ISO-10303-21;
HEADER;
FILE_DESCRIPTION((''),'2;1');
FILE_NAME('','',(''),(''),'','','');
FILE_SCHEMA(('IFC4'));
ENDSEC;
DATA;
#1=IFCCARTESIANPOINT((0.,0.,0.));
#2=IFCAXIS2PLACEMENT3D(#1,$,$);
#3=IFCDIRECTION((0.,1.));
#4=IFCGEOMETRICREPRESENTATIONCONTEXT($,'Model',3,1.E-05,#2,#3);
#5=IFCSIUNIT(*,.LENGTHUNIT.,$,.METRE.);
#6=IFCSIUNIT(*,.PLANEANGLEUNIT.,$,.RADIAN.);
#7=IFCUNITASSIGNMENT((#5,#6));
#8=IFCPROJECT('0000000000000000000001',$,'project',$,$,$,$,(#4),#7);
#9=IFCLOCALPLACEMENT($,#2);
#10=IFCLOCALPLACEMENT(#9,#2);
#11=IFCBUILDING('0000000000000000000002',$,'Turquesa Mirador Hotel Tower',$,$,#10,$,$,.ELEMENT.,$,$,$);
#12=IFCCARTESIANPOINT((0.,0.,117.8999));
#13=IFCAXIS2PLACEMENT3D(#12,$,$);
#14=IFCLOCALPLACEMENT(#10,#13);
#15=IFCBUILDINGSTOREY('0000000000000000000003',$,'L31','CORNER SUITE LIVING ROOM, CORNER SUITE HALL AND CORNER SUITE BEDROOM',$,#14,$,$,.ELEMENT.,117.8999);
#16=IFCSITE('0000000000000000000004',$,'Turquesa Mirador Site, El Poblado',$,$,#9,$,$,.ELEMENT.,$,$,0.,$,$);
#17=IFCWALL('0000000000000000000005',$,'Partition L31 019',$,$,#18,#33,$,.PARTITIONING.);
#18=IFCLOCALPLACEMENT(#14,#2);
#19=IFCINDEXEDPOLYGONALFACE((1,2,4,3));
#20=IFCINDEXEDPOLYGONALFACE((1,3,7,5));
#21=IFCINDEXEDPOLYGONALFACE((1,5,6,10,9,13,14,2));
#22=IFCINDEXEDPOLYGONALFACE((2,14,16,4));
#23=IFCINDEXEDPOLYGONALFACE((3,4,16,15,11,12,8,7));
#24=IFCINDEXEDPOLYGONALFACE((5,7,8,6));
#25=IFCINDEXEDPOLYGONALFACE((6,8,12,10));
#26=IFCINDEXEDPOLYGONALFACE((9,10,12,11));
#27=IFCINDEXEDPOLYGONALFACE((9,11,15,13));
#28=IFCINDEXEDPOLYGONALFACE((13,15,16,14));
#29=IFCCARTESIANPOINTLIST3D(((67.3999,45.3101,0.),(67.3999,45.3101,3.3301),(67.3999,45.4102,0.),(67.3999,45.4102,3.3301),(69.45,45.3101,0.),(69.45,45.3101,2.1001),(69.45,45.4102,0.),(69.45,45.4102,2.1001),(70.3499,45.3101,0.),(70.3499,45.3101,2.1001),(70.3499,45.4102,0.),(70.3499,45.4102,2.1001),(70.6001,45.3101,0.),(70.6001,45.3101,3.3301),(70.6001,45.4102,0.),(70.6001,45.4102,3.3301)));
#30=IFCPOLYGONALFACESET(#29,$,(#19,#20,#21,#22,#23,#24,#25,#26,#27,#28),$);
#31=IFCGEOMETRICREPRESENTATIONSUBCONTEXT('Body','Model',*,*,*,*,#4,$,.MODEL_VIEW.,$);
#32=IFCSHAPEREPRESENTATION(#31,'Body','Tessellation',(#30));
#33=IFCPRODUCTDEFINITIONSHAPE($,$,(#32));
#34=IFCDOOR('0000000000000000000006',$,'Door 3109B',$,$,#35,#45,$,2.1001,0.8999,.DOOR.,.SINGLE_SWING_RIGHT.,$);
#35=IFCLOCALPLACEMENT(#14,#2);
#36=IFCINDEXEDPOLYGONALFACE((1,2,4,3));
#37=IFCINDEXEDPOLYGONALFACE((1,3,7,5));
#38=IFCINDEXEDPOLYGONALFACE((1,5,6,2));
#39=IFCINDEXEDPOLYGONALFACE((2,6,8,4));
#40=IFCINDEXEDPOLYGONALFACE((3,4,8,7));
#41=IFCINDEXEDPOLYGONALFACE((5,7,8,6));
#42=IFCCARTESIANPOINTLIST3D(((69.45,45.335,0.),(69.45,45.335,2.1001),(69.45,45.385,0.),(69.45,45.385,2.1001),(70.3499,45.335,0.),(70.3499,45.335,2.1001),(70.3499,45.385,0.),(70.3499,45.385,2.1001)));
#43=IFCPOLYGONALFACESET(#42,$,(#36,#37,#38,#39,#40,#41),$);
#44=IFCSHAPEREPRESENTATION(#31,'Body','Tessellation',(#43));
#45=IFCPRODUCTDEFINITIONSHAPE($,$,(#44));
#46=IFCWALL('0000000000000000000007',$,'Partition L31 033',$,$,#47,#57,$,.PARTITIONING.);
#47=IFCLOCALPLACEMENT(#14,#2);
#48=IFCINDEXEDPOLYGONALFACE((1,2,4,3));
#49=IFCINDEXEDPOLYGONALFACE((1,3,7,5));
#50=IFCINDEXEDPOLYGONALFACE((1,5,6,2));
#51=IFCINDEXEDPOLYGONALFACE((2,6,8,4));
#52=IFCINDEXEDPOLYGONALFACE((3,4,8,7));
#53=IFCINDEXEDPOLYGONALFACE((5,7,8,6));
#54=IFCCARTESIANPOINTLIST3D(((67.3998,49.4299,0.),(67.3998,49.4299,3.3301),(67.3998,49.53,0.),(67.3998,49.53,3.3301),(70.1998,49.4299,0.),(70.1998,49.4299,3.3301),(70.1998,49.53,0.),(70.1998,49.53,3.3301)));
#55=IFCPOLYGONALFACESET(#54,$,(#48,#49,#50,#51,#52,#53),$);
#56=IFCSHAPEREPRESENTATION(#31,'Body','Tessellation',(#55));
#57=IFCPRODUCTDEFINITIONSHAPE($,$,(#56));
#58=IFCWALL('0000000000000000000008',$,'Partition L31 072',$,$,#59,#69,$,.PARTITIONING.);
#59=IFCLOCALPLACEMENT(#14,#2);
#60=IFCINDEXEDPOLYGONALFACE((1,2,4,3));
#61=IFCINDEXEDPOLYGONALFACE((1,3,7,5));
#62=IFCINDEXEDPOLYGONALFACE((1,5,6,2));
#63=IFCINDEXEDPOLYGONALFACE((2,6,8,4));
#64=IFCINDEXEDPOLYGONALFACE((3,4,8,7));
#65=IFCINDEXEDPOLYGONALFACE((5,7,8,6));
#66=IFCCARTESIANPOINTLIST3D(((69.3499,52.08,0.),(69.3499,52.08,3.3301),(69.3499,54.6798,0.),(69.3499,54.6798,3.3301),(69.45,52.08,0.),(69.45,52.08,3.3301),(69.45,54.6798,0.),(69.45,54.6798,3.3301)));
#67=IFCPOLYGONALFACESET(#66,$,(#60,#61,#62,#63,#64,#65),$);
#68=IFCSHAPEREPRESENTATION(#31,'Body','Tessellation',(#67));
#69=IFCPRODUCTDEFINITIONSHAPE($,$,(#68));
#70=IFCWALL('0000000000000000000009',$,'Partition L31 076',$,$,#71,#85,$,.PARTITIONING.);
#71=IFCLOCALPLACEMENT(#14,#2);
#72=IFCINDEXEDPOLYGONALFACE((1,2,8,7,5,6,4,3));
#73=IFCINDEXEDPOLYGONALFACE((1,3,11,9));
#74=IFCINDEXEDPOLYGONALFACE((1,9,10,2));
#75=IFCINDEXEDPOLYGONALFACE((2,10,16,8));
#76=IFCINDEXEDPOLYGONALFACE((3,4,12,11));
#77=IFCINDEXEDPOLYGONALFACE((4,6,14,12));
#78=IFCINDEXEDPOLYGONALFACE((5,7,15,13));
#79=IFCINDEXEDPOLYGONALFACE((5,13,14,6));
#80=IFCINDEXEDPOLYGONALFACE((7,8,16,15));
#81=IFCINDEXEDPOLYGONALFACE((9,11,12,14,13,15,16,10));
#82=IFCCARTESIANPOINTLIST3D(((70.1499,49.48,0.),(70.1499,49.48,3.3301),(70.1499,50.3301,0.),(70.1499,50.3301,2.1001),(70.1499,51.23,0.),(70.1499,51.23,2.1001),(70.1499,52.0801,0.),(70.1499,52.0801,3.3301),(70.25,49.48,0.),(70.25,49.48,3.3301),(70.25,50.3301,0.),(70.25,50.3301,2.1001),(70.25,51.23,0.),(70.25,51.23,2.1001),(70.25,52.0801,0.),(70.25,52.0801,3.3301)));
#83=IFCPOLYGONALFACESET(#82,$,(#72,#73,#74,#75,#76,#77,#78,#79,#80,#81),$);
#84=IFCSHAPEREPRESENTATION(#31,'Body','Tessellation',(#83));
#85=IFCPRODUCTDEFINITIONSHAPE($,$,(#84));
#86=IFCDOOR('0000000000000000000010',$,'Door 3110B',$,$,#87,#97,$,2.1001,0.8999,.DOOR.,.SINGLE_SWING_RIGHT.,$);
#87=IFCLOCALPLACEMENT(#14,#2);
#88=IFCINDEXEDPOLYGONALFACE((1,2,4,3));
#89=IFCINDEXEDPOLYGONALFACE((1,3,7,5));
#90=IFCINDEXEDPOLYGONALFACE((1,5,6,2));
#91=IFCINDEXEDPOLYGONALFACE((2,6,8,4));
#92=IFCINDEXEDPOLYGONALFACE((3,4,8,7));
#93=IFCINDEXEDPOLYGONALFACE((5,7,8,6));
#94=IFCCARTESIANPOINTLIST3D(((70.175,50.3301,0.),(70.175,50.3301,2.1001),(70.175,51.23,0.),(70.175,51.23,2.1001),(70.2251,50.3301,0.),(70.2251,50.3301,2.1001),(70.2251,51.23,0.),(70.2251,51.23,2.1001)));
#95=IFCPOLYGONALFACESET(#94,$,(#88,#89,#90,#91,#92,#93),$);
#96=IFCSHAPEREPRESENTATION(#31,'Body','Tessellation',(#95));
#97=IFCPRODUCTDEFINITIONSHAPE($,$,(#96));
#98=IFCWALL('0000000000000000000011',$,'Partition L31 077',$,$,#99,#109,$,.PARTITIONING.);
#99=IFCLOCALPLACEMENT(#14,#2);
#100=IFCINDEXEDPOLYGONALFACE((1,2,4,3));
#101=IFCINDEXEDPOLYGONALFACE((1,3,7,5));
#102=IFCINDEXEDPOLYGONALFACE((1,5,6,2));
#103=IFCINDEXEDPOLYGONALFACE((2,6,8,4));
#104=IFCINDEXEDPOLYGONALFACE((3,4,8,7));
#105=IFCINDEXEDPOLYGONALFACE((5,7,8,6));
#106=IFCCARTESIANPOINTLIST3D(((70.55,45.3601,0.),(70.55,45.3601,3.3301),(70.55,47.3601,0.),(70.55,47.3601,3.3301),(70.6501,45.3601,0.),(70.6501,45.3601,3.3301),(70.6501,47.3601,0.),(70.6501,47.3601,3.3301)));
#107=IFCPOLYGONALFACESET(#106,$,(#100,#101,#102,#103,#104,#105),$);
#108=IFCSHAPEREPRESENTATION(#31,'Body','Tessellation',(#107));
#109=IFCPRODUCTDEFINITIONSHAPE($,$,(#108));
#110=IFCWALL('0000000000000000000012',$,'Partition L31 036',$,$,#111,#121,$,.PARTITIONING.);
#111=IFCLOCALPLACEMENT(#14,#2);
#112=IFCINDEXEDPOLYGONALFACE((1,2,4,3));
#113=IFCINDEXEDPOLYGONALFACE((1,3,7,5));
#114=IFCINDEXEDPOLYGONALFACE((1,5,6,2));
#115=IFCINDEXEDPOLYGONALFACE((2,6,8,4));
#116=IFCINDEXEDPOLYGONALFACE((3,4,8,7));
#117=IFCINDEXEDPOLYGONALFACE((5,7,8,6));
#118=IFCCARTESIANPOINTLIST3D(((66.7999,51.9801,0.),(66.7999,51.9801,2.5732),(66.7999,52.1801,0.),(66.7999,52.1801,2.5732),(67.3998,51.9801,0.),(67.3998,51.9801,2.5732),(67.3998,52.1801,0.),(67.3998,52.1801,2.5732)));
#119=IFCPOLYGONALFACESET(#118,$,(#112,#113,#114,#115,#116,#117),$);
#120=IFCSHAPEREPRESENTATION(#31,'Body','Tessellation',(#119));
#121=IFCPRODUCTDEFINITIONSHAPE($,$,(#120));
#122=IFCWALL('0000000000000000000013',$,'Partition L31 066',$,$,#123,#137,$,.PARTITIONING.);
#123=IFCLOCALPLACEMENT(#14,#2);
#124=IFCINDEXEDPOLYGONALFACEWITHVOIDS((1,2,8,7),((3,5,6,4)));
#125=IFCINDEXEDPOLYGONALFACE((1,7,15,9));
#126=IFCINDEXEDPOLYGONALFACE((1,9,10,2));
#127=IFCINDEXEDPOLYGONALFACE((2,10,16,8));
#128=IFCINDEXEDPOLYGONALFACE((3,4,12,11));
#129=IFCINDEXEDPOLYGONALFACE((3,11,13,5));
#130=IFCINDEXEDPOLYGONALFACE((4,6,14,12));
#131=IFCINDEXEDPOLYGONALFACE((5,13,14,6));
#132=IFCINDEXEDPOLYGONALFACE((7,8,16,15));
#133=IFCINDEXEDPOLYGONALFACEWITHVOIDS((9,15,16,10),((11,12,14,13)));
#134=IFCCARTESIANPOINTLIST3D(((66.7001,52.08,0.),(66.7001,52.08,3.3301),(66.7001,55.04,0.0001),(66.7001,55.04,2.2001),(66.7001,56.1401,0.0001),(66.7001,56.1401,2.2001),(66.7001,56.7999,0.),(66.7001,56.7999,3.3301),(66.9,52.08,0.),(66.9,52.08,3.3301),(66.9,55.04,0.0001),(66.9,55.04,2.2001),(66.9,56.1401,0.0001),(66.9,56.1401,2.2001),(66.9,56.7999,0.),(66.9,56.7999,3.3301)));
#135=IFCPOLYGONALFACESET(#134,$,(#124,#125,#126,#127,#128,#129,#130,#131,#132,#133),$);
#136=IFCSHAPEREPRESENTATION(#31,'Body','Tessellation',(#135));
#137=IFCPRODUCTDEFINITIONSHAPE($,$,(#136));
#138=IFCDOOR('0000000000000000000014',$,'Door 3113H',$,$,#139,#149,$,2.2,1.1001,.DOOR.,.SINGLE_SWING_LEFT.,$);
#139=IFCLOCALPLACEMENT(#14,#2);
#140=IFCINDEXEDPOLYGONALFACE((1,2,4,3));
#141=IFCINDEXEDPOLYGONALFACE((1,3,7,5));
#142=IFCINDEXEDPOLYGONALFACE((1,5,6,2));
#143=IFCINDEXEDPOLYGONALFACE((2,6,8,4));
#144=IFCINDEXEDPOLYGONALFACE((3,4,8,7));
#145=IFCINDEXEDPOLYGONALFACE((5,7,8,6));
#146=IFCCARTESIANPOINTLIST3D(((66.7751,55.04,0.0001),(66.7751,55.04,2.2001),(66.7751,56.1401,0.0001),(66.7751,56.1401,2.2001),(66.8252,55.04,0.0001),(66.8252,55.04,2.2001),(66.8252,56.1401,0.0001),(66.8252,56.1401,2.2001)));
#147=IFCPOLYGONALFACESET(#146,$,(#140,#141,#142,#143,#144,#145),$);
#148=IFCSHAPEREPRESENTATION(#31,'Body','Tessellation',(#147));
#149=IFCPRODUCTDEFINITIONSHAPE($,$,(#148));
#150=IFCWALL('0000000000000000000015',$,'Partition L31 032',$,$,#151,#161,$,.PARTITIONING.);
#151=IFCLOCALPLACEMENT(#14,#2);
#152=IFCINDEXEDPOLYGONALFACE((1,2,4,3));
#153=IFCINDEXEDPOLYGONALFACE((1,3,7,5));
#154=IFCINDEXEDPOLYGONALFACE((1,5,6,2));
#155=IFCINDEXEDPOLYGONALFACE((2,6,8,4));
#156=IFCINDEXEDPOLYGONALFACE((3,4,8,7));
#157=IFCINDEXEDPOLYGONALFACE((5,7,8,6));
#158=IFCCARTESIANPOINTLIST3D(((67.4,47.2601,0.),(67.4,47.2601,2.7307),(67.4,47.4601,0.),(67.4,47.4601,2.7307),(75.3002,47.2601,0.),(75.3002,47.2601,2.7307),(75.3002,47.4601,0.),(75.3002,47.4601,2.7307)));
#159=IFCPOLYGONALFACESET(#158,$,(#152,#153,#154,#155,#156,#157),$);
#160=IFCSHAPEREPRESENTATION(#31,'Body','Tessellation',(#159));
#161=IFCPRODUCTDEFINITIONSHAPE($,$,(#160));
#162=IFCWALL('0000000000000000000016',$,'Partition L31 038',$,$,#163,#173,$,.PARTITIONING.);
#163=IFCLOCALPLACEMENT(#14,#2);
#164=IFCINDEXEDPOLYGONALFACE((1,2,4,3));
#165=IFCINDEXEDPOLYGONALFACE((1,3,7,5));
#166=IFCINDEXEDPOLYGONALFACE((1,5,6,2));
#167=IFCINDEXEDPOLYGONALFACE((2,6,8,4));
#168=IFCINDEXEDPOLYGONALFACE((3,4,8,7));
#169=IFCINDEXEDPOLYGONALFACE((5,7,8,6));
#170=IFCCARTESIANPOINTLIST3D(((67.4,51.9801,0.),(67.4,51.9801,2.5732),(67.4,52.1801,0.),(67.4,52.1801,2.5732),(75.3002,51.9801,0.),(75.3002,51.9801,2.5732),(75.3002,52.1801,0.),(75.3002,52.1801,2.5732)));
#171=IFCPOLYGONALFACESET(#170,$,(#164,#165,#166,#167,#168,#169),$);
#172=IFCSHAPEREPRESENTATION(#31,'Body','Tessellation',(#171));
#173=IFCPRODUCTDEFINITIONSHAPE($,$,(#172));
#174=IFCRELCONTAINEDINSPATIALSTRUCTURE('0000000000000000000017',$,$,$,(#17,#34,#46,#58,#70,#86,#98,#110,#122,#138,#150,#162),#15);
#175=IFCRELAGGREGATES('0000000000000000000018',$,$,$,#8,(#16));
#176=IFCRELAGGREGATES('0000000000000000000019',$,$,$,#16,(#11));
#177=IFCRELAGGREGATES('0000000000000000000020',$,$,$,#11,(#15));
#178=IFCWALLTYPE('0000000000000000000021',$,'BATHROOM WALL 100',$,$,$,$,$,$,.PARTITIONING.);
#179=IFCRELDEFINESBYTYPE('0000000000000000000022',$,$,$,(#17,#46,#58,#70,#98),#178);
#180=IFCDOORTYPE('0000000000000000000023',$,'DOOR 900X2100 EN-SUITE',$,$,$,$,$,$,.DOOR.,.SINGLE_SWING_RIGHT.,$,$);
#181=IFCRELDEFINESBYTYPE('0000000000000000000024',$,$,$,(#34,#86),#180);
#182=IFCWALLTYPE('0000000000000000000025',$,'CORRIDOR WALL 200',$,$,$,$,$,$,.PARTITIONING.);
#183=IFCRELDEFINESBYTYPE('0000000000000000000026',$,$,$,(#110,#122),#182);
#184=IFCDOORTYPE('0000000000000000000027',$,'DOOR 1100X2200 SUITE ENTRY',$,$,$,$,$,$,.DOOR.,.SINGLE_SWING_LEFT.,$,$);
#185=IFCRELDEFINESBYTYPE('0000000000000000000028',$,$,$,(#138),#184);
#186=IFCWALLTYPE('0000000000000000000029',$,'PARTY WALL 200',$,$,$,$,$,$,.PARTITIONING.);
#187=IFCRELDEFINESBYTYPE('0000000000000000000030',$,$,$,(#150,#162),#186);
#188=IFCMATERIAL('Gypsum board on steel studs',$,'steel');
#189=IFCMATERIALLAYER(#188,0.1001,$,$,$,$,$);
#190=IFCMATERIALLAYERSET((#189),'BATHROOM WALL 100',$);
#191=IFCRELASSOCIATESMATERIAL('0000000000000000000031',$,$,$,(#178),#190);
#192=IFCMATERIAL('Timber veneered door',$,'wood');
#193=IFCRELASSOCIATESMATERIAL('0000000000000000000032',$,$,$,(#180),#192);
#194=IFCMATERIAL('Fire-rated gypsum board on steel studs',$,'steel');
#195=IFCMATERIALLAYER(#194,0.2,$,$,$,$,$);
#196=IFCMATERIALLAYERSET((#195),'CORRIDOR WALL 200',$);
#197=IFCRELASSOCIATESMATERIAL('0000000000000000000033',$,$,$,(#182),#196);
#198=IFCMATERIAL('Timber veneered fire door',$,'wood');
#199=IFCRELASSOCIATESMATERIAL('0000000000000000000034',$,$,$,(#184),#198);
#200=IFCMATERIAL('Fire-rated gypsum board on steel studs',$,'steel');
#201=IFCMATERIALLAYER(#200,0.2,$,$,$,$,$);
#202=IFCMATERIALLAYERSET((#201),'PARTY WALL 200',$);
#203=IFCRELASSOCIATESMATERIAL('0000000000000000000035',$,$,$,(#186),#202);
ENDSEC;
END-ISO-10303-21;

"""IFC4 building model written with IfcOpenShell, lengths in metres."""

from ifc_helpers import new_model, si_unit, direction, frame, frame_2d, origin, place, context, subcontext, project, spatial, rectangle, extrude, material, layer, layer_set, type_object, element, fill, save


model = new_model("IFC4")

# Units and contexts
model_context = context("Model", 3, precision=1e-05, world=origin(), true_north=direction((0.0, 1.0)))
body_context = subcontext(model_context, "Body", "Model", "MODEL_VIEW")
ifc_project = project(units=[si_unit("LENGTHUNIT", "METRE"), si_unit("PLANEANGLEUNIT", "RADIAN")], contexts=[model_context])

# Site, building, storey
site_placement = place(None, origin())
site = spatial("IfcSite", under=ifc_project, at=site_placement, Name="Turquesa Mirador Site, El Poblado", CompositionType="ELEMENT", RefElevation=0.0)
building_placement = place(site_placement, origin())
building = spatial("IfcBuilding", under=site, at=building_placement, Name="Turquesa Mirador Hotel Tower", CompositionType="ELEMENT")
storey_placement = place(building_placement, frame((0.0, 0.0, 117.8999)))
storey = spatial("IfcBuildingStorey", under=building, at=storey_placement, Name="L31", Description="CORNER SUITE LIVING ROOM, CORNER SUITE HALL AND CORNER SUITE BEDROOM", CompositionType="ELEMENT", Elevation=117.8999)

# Wall, opening, door
ifc_material_1 = material(Name="Gypsum board on steel studs", Category="steel")
ifc_layer_1 = layer(ifc_material_1, 0.1001)
ifc_layer_set_1 = layer_set([ifc_layer_1], Name="BATHROOM WALL 100")
wall_type_1 = type_object("IfcWallType", Name="BATHROOM WALL 100", PredefinedType="PARTITIONING", material=ifc_layer_set_1)
wall_1_placement = place(storey_placement, frame((67.3999, 45.3601, 0.0), z_axis=(0.0, 0.0, 1.0), x_axis=(1.0, 0.0, 0.0)))
wall_1 = element("IfcWall", 1, at=wall_1_placement, inside=storey, type_object=wall_type_1, Name="Partition L31 019", PredefinedType="PARTITIONING", context=body_context, shape_type="SweptSolid", body=[
    extrude(rectangle(XDim=3.2002, YDim=0.1001, at=frame_2d((1.6001, 0.0))), origin(), (0.0, 0.0, 1.0), 3.3301),
])
opening_1_placement = place(wall_1_placement, frame((2.05, 0.0, 0.0)))
opening_1 = element("IfcOpeningElement", 2, at=opening_1_placement, cuts=wall_1, PredefinedType="OPENING", context=body_context, shape_type="SweptSolid", body=[
    extrude(rectangle(XDim=0.8999, YDim=2.1001, at=frame_2d((0.45, 1.05))), frame((0.0, 0.0601, 0.0), z_axis=(0.0, -1.0, 0.0), x_axis=(1.0, 0.0, 0.0)), (0.0, 0.0, 1.0), 0.1201),
])
ifc_material_2 = material(Name="Timber veneered door", Category="wood")
door_type_1 = type_object("IfcDoorType", Name="DOOR 900X2100 EN-SUITE", OperationType="SINGLE_SWING_RIGHT", PredefinedType="DOOR", material=ifc_material_2)
door_1_placement = place(opening_1_placement, origin())
door_1 = element("IfcDoor", 3, at=door_1_placement, inside=storey, type_object=door_type_1, Name="Door 3109B", OperationType="SINGLE_SWING_RIGHT", OverallHeight=2.1001, OverallWidth=0.8999, PredefinedType="DOOR", context=body_context, shape_type="SweptSolid", body=[
    extrude(rectangle(XDim=0.8999, YDim=2.1001, at=frame_2d((0.45, 1.05))), frame((0.0, 0.0249, 0.0), z_axis=(0.0, -1.0, 0.0), x_axis=(1.0, 0.0, 0.0)), (0.0, 0.0, 1.0), 0.05),
])
fill(opening_1, door_1)

# Walls
wall_2_placement = place(storey_placement, frame((67.3999, 49.48, 0.0), z_axis=(0.0, 0.0, 1.0), x_axis=(1.0, 0.0, 0.0)))
element("IfcWall", 4, at=wall_2_placement, inside=storey, type_object=wall_type_1, Name="Partition L31 033", PredefinedType="PARTITIONING", context=body_context, shape_type="SweptSolid", body=[
    extrude(rectangle(XDim=2.8, YDim=0.1001, at=frame_2d((1.3999, 0.0))), origin(), (0.0, 0.0, 1.0), 3.3301),
])
wall_3_placement = place(storey_placement, frame((69.3999, 52.0801, 0.0), z_axis=(0.0, 0.0, 1.0), x_axis=(0.0, 1.0, 0.0)))
element("IfcWall", 5, at=wall_3_placement, inside=storey, type_object=wall_type_1, Name="Partition L31 072", PredefinedType="PARTITIONING", context=body_context, shape_type="SweptSolid", body=[
    extrude(rectangle(XDim=2.5999, YDim=0.1001, at=frame_2d((1.2998, 0.0))), origin(), (0.0, 0.0, 1.0), 3.3301),
])

# Wall, opening, door
wall_4_placement = place(storey_placement, frame((70.2, 49.48, 0.0), z_axis=(0.0, 0.0, 1.0), x_axis=(0.0, 1.0, 0.0)))
wall_4 = element("IfcWall", 6, at=wall_4_placement, inside=storey, type_object=wall_type_1, Name="Partition L31 076", PredefinedType="PARTITIONING", context=body_context, shape_type="SweptSolid", body=[
    extrude(rectangle(XDim=2.6001, YDim=0.1001, at=frame_2d((1.3, 0.0))), origin(), (0.0, 0.0, 1.0), 3.3301),
])
opening_2_placement = place(wall_4_placement, frame((0.8501, 0.0, 0.0)))
opening_2 = element("IfcOpeningElement", 7, at=opening_2_placement, cuts=wall_4, PredefinedType="OPENING", context=body_context, shape_type="SweptSolid", body=[
    extrude(rectangle(XDim=0.8999, YDim=2.1001, at=frame_2d((0.45, 1.05))), frame((0.0, 0.0601, 0.0), z_axis=(0.0, -1.0, 0.0), x_axis=(1.0, 0.0, 0.0)), (0.0, 0.0, 1.0), 0.1201),
])
door_2_placement = place(opening_2_placement, origin())
door_2 = element("IfcDoor", 8, at=door_2_placement, inside=storey, type_object=door_type_1, Name="Door 3110B", OperationType="SINGLE_SWING_RIGHT", OverallHeight=2.1001, OverallWidth=0.8999, PredefinedType="DOOR", context=body_context, shape_type="SweptSolid", body=[
    extrude(rectangle(XDim=0.8999, YDim=2.1001, at=frame_2d((0.45, 1.05))), frame((0.0, 0.0249, 0.0), z_axis=(0.0, -1.0, 0.0), x_axis=(1.0, 0.0, 0.0)), (0.0, 0.0, 1.0), 0.05),
])
fill(opening_2, door_2)

# Walls
wall_5_placement = place(storey_placement, frame((70.6001, 45.3601, 0.0), z_axis=(0.0, 0.0, 1.0), x_axis=(0.0, 1.0, 0.0)))
element("IfcWall", 9, at=wall_5_placement, inside=storey, type_object=wall_type_1, Name="Partition L31 077", PredefinedType="PARTITIONING", context=body_context, shape_type="SweptSolid", body=[
    extrude(rectangle(XDim=2.0, YDim=0.1001, at=frame_2d((1.0, 0.0))), origin(), (0.0, 0.0, 1.0), 3.3301),
])
ifc_material_3 = material(Name="Fire-rated gypsum board on steel studs", Category="steel")
ifc_layer_2 = layer(ifc_material_3, 0.2)
ifc_layer_set_2 = layer_set([ifc_layer_2], Name="CORRIDOR WALL 200")
wall_type_2 = type_object("IfcWallType", Name="CORRIDOR WALL 200", PredefinedType="PARTITIONING", material=ifc_layer_set_2)
wall_6_placement = place(storey_placement, frame((66.8, 52.0801, 0.0), z_axis=(0.0, 0.0, 1.0), x_axis=(1.0, 0.0, 0.0)))
element("IfcWall", 10, at=wall_6_placement, inside=storey, type_object=wall_type_2, Name="Partition L31 036", PredefinedType="PARTITIONING", context=body_context, shape_type="SweptSolid", body=[
    extrude(rectangle(XDim=0.5999, YDim=0.2, at=frame_2d((0.2998, 0.0))), origin(), (0.0, 0.0, 1.0), 2.5732),
])

# Wall, opening, door
wall_7_placement = place(storey_placement, frame((66.8, 52.0801, 0.0), z_axis=(0.0, 0.0, 1.0), x_axis=(0.0, 1.0, 0.0)))
wall_7 = element("IfcWall", 11, at=wall_7_placement, inside=storey, type_object=wall_type_2, Name="Partition L31 066", PredefinedType="PARTITIONING", context=body_context, shape_type="SweptSolid", body=[
    extrude(rectangle(XDim=4.72, YDim=0.2, at=frame_2d((2.3599, 0.0))), origin(), (0.0, 0.0, 1.0), 3.3301),
])
opening_3_placement = place(wall_7_placement, frame((2.96, 0.0, 0.0)))
opening_3 = element("IfcOpeningElement", 12, at=opening_3_placement, cuts=wall_7, PredefinedType="OPENING", context=body_context, shape_type="SweptSolid", body=[
    extrude(rectangle(XDim=1.1001, YDim=2.2, at=frame_2d((0.55, 1.1001))), frame((0.0, 0.1099, 0.0), z_axis=(0.0, -1.0, 0.0), x_axis=(1.0, 0.0, 0.0)), (0.0, 0.0, 1.0), 0.22),
])
ifc_material_4 = material(Name="Timber veneered fire door", Category="wood")
door_type_2 = type_object("IfcDoorType", Name="DOOR 1100X2200 SUITE ENTRY", OperationType="SINGLE_SWING_LEFT", PredefinedType="DOOR", material=ifc_material_4)
door_3_placement = place(opening_3_placement, origin())
door_3 = element("IfcDoor", 13, at=door_3_placement, inside=storey, type_object=door_type_2, Name="Door 3113H", OperationType="SINGLE_SWING_LEFT", OverallHeight=2.2, OverallWidth=1.1001, PredefinedType="DOOR", context=body_context, shape_type="SweptSolid", body=[
    extrude(rectangle(XDim=1.1001, YDim=2.2, at=frame_2d((0.55, 1.1001))), frame((0.0, 0.0249, 0.0), z_axis=(0.0, -1.0, 0.0), x_axis=(1.0, 0.0, 0.0)), (0.0, 0.0, 1.0), 0.05),
])
fill(opening_3, door_3)

# Walls
ifc_material_5 = material(Name="Fire-rated gypsum board on steel studs", Category="steel")
ifc_layer_3 = layer(ifc_material_5, 0.2)
ifc_layer_set_3 = layer_set([ifc_layer_3], Name="PARTY WALL 200")
wall_type_3 = type_object("IfcWallType", Name="PARTY WALL 200", PredefinedType="PARTITIONING", material=ifc_layer_set_3)
wall_8_placement = place(storey_placement, frame((67.3999, 47.3601, 0.0), z_axis=(0.0, 0.0, 1.0), x_axis=(1.0, 0.0, 0.0)))
element("IfcWall", 14, at=wall_8_placement, inside=storey, type_object=wall_type_3, Name="Partition L31 032", PredefinedType="PARTITIONING", context=body_context, shape_type="SweptSolid", body=[
    extrude(rectangle(XDim=7.9001, YDim=0.2, at=frame_2d((3.9502, 0.0))), origin(), (0.0, 0.0, 1.0), 2.7307),
])
wall_9_placement = place(storey_placement, frame((67.3999, 52.0801, 0.0), z_axis=(0.0, 0.0, 1.0), x_axis=(1.0, 0.0, 0.0)))
element("IfcWall", 15, at=wall_9_placement, inside=storey, type_object=wall_type_3, Name="Partition L31 038", PredefinedType="PARTITIONING", context=body_context, shape_type="SweptSolid", body=[
    extrude(rectangle(XDim=7.9001, YDim=0.2, at=frame_2d((3.9502, 0.0))), origin(), (0.0, 0.0, 1.0), 2.5732),
])

save(model, "model.ifc")
